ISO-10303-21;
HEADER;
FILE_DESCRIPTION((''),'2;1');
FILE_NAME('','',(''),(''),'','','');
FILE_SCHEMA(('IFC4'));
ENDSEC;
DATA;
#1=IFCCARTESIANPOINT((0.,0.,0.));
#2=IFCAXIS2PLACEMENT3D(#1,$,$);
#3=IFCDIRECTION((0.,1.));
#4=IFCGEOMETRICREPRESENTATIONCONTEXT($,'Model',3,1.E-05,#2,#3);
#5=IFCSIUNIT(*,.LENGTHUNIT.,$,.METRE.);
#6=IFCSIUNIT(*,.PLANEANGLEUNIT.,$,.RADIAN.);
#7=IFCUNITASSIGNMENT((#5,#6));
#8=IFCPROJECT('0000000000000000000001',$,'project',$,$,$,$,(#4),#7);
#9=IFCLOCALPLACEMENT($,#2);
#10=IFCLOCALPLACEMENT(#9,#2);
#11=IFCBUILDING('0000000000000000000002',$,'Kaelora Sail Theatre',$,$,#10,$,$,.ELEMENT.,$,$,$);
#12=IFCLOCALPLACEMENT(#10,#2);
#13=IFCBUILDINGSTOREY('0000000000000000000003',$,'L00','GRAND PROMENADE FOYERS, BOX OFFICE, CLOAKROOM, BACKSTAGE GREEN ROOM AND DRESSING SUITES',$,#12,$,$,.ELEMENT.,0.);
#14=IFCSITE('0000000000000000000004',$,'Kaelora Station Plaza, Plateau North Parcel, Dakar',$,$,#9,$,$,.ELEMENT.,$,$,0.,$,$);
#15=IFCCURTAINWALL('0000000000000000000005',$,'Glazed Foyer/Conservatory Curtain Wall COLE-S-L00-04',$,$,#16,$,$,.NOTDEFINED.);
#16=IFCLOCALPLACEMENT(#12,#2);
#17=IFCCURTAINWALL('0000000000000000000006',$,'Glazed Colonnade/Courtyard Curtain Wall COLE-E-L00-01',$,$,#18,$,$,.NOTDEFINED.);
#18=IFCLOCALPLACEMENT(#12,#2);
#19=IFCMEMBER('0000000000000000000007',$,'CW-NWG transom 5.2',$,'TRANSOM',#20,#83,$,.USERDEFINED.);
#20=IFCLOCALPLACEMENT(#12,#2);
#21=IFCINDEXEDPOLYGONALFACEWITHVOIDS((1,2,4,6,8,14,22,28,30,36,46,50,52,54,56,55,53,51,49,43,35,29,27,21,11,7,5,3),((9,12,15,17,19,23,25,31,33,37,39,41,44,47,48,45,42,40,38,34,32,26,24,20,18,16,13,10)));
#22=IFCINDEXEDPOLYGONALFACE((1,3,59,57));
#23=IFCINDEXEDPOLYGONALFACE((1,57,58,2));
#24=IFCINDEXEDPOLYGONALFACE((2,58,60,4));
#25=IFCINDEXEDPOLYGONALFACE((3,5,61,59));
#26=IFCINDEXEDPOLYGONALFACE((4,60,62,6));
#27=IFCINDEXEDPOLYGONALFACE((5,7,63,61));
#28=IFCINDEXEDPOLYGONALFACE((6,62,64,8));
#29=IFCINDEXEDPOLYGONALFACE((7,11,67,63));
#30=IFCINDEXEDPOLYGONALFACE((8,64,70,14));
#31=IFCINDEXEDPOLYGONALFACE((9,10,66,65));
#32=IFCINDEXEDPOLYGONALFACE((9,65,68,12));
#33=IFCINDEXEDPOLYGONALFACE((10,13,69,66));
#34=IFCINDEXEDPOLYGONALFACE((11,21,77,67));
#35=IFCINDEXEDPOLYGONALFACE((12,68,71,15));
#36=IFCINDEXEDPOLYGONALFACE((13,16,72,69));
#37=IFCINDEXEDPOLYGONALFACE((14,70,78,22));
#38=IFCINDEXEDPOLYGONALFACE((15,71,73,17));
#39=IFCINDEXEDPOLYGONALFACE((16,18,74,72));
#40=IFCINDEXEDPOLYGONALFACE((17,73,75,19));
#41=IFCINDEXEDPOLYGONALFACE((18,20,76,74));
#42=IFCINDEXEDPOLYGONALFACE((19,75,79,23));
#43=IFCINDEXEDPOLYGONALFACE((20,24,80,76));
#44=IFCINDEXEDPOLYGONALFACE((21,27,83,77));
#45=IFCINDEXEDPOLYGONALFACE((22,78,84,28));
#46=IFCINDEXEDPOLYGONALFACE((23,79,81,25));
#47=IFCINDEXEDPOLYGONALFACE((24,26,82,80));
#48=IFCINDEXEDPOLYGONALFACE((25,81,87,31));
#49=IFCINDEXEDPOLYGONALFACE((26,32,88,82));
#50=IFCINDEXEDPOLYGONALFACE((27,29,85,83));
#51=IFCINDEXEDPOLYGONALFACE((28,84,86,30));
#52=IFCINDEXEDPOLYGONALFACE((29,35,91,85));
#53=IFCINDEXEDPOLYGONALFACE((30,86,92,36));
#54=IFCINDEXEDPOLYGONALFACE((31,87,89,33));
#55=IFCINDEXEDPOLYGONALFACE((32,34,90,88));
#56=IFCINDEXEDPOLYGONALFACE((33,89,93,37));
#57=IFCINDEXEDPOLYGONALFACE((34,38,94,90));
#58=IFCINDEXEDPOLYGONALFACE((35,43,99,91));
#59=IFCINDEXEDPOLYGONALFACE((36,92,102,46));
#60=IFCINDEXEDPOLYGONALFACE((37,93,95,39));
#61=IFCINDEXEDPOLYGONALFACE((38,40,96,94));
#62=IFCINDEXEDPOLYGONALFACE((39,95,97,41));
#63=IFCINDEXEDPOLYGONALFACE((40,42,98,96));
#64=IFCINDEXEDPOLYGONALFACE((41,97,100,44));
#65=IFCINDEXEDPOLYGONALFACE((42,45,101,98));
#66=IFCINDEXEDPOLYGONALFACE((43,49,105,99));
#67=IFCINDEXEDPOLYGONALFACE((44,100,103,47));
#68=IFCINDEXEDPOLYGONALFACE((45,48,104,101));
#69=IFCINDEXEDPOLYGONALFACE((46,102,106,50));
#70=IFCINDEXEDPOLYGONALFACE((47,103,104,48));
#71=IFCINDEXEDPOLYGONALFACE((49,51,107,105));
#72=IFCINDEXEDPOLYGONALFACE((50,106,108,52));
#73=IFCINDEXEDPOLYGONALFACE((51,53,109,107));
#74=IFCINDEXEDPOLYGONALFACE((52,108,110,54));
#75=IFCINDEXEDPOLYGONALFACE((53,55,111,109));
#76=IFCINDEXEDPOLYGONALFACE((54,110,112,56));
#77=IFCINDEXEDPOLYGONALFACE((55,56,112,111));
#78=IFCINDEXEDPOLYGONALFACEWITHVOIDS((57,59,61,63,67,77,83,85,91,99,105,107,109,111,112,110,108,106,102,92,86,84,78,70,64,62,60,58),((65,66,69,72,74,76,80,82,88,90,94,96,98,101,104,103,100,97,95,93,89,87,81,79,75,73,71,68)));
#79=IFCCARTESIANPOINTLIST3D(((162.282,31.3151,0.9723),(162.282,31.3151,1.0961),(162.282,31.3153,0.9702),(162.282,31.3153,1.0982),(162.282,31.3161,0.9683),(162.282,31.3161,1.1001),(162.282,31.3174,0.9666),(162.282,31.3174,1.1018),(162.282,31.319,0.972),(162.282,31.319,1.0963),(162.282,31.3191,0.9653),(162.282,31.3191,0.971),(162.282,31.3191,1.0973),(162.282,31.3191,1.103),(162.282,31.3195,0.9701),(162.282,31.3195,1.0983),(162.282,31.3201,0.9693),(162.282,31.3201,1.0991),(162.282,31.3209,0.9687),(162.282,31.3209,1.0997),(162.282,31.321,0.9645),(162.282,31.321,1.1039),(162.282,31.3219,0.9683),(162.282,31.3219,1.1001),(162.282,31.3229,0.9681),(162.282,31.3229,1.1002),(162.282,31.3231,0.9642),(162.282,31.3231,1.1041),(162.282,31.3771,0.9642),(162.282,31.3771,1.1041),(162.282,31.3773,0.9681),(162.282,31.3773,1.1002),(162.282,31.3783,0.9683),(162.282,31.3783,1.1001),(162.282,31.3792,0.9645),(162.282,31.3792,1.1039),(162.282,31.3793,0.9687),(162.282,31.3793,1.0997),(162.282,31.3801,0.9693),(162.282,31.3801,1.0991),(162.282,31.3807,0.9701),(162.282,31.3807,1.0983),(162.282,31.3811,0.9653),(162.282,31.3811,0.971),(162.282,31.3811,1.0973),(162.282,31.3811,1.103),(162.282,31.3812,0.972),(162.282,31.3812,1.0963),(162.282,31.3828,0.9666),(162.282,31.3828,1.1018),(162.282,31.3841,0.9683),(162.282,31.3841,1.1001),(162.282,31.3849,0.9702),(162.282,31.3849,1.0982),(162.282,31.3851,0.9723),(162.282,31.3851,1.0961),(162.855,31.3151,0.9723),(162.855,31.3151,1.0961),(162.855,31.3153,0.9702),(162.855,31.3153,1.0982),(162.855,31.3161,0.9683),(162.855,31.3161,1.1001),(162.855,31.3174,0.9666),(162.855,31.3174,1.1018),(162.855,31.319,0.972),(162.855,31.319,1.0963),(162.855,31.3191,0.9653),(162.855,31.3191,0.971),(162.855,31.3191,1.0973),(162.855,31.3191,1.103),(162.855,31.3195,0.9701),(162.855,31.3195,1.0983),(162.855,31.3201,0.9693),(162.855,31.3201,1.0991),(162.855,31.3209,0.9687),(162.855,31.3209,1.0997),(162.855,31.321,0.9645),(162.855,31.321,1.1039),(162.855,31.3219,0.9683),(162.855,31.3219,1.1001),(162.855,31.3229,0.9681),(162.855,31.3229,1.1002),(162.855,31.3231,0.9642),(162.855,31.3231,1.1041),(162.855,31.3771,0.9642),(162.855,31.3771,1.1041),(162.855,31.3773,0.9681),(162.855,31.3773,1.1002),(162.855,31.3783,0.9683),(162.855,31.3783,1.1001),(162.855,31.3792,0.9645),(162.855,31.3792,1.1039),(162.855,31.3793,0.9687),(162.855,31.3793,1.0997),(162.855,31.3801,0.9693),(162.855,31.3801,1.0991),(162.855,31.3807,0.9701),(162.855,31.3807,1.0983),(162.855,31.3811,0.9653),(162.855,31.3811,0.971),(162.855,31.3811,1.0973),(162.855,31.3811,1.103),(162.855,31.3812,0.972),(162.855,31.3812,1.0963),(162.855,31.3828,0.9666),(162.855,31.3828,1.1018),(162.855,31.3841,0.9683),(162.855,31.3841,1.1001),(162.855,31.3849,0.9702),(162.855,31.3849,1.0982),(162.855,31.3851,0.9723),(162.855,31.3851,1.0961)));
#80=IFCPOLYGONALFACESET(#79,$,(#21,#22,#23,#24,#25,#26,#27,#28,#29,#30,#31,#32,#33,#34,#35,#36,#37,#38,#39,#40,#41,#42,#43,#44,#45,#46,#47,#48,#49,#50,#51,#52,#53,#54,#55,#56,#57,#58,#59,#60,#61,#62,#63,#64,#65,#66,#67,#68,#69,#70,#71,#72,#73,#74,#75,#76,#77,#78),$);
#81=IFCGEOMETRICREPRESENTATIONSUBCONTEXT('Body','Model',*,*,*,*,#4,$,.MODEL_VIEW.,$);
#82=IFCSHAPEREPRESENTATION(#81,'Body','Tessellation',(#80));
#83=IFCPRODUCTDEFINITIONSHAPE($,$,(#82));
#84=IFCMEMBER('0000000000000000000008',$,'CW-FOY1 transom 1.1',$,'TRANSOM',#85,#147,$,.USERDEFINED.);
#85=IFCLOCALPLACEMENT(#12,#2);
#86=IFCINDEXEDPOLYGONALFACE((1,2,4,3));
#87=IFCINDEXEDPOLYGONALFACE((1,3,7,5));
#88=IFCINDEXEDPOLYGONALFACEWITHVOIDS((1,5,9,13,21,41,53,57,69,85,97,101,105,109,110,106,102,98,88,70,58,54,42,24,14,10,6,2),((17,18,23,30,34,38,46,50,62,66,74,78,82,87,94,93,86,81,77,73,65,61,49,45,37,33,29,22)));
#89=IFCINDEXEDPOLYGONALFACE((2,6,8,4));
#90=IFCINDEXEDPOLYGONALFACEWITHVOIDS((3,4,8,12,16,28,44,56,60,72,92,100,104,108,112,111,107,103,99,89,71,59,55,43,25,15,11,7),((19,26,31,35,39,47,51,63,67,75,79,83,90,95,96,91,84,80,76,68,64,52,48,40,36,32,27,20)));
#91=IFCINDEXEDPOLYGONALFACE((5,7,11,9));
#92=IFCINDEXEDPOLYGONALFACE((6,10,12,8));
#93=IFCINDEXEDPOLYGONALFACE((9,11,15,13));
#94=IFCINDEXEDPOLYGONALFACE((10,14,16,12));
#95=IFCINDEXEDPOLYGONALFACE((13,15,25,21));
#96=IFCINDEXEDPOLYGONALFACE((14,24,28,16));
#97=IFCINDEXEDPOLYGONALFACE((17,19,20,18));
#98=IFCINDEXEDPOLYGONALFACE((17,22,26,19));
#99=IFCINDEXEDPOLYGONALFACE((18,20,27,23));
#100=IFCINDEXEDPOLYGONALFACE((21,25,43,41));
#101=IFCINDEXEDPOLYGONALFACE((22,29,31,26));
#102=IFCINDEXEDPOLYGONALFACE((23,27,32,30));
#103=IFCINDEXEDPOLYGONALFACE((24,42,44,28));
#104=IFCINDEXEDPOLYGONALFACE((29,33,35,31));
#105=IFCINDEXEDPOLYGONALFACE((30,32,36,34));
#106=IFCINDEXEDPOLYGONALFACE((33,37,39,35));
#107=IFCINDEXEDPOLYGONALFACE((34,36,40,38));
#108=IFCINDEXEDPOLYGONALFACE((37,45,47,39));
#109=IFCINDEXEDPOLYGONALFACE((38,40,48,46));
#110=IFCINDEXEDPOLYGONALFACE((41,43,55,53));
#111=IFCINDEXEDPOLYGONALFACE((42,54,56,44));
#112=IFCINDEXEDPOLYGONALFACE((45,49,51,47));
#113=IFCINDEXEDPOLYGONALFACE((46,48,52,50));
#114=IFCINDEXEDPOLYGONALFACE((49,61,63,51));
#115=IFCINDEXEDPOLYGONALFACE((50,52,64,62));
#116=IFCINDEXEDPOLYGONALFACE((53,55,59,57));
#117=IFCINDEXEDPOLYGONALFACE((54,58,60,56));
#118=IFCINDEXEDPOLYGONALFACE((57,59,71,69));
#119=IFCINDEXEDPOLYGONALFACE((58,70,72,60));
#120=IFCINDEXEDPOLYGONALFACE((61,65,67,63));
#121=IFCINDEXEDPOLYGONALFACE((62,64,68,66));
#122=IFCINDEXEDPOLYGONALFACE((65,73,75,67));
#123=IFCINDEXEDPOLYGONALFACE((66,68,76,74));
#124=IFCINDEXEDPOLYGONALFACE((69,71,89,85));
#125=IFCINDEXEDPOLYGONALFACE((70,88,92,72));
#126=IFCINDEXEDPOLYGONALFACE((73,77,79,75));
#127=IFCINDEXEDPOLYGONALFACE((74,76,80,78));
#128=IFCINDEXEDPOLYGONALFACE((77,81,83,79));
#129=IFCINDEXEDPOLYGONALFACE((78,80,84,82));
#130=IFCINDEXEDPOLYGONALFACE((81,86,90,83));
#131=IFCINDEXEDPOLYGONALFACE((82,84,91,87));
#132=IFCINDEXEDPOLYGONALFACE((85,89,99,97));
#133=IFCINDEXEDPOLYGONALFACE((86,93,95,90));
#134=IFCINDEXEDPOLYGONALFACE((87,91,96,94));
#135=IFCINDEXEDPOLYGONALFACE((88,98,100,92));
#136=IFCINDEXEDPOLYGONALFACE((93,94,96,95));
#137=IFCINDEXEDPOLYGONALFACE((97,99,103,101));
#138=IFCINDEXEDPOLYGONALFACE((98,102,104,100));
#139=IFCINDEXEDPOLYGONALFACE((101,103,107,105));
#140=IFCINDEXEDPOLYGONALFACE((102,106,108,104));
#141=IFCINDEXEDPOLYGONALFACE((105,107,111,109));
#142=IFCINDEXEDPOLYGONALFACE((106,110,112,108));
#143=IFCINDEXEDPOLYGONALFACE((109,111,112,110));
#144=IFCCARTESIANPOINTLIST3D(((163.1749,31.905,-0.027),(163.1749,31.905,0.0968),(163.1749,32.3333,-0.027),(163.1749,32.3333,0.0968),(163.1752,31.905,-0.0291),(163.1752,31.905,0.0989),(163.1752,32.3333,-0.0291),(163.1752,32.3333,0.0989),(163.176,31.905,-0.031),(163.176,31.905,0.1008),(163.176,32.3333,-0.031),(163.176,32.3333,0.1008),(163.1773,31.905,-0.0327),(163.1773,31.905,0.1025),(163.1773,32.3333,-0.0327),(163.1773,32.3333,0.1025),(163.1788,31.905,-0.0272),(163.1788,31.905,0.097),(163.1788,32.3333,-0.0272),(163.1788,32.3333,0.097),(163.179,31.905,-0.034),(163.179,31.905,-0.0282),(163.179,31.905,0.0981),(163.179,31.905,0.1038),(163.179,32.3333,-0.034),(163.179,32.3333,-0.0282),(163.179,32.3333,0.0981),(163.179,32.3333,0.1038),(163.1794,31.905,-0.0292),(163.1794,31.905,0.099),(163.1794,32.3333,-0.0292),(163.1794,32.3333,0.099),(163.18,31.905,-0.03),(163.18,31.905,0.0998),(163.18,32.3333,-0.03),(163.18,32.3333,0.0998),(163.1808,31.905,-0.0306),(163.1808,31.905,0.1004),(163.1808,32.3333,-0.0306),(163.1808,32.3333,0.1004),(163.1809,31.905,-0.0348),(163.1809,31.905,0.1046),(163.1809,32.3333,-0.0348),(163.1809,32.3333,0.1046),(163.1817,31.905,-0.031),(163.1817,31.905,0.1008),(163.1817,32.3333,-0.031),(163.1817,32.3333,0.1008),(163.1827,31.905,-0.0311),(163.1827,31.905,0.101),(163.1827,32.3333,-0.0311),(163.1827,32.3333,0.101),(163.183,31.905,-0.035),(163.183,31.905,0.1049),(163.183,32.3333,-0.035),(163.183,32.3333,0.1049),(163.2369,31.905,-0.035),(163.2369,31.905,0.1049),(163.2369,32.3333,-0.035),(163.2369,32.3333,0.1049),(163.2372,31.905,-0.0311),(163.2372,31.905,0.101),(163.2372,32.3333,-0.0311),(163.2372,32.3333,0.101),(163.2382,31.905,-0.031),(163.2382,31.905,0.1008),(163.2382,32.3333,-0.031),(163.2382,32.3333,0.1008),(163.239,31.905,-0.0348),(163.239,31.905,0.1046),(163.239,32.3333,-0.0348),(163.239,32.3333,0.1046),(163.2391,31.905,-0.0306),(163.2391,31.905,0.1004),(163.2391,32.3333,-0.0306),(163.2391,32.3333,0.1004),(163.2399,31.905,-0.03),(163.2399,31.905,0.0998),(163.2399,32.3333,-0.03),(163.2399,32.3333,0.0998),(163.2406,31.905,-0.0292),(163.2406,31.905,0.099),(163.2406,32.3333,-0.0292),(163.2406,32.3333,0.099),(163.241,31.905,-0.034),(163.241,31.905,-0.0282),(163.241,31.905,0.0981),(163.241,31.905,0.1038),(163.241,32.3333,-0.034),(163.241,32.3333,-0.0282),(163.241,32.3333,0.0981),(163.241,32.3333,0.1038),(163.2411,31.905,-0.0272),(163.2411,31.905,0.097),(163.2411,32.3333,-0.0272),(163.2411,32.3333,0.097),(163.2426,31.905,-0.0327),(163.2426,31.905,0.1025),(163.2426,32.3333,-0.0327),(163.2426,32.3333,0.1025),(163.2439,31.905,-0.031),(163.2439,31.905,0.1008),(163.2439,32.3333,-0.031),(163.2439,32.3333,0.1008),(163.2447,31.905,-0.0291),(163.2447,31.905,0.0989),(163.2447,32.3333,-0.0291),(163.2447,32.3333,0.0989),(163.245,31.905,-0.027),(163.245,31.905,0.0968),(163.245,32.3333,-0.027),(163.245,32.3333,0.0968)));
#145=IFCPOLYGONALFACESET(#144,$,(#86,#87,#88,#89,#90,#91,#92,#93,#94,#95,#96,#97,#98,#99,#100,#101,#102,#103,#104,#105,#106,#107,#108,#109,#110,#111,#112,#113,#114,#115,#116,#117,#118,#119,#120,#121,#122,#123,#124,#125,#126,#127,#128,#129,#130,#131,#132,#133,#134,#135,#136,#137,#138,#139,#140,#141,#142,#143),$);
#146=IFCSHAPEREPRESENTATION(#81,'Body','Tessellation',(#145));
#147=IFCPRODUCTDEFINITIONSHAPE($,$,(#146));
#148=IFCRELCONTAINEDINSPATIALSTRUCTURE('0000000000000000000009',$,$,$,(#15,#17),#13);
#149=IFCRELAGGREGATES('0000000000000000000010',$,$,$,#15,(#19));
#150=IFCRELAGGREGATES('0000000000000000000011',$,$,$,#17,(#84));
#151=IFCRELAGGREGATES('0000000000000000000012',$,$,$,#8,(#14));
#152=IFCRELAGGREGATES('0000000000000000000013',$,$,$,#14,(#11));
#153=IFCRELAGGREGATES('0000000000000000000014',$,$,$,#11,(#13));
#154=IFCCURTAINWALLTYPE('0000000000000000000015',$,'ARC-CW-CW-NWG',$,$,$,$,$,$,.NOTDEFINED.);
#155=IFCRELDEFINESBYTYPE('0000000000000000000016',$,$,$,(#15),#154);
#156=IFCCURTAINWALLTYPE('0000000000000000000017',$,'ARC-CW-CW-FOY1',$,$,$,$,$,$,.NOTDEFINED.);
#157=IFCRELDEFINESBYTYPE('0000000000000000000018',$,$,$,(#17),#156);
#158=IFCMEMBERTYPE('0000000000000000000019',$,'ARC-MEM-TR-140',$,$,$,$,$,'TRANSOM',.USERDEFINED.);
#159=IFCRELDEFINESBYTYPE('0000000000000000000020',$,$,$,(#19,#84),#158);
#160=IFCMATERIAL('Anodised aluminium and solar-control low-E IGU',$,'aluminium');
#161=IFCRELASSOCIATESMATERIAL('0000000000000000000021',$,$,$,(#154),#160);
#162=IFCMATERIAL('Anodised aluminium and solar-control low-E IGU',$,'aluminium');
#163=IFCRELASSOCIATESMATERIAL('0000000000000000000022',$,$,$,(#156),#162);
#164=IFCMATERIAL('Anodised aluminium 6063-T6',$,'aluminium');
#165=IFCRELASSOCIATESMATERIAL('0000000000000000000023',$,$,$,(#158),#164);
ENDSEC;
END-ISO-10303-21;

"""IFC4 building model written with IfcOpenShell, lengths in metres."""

from ifc_helpers import new_model, si_unit, direction, frame, origin, origin_2d, place, context, subcontext, project, spatial, hollow_rectangle, extrude, material, material_profile, profile_set, type_object, element, aggregate, save


model = new_model("IFC4")

# Units and contexts
model_context = context("Model", 3, precision=1e-05, world=origin(), true_north=direction((0.0, 1.0)))
body_context = subcontext(model_context, "Body", "Model", "MODEL_VIEW")
ifc_project = project(units=[si_unit("LENGTHUNIT", "METRE"), si_unit("PLANEANGLEUNIT", "RADIAN")], contexts=[model_context])

# Site, building, storey
site_placement = place(None, origin())
site = spatial("IfcSite", under=ifc_project, at=site_placement, Name="Kaelora Station Plaza, Plateau North Parcel, Dakar", CompositionType="ELEMENT", RefElevation=0.0)
building_placement = place(site_placement, origin())
building = spatial("IfcBuilding", under=site, at=building_placement, Name="Kaelora Sail Theatre", CompositionType="ELEMENT")
storey_placement = place(building_placement, origin())
storey = spatial("IfcBuildingStorey", under=building, at=storey_placement, Name="L00", Description="GRAND PROMENADE FOYERS, BOX OFFICE, CLOAKROOM, BACKSTAGE GREEN ROOM AND DRESSING SUITES", CompositionType="ELEMENT", Elevation=0.0)

# Curtain walls
ifc_material_1 = material(Name="Anodised aluminium and solar-control low-E IGU", Category="aluminium")
curtain_wall_type_1 = type_object("IfcCurtainWallType", Name="ARC-CW-CW-NWG", PredefinedType="NOTDEFINED", material=ifc_material_1)
curtain_wall_1_placement = place(storey_placement, origin())
curtain_wall_1 = element("IfcCurtainWall", 1, at=curtain_wall_1_placement, inside=storey, type_object=curtain_wall_type_1, Name="Glazed Foyer/Conservatory Curtain Wall COLE-S-L00-04", PredefinedType="NOTDEFINED")
ifc_material_2 = material(Name="Anodised aluminium and solar-control low-E IGU", Category="aluminium")
curtain_wall_type_2 = type_object("IfcCurtainWallType", Name="ARC-CW-CW-FOY1", PredefinedType="NOTDEFINED", material=ifc_material_2)
curtain_wall_2_placement = place(storey_placement, origin())
curtain_wall_2 = element("IfcCurtainWall", 2, at=curtain_wall_2_placement, inside=storey, type_object=curtain_wall_type_2, Name="Glazed Colonnade/Courtyard Curtain Wall COLE-E-L00-01", PredefinedType="NOTDEFINED")

# Members
ifc_material_3 = material(Name="Anodised aluminium 6063-T6", Category="aluminium")
ifc_material_profile_1 = material_profile(ifc_material_3, hollow_rectangle(XDim=0.0701, YDim=0.1399, WallThickness=0.0039, InnerFilletRadius=0.0039, OuterFilletRadius=0.0081, at=origin_2d()), Name="ALU-TRAN 70x140x4")
ifc_profile_set_1 = profile_set([ifc_material_profile_1], Name="Anodised aluminium 6063-T6")
member_type_1 = type_object("IfcMemberType", Name="ARC-MEM-TR-140", ElementType="TRANSOM", PredefinedType="USERDEFINED", material=ifc_profile_set_1)
member_1_placement = place(storey_placement, frame((162.282, 31.3501, 1.0342), z_axis=(1.0, 0.0, 0.0), x_axis=(0.0, 1.0, 0.0)))
member_1 = element("IfcMember", 3, at=member_1_placement, type_object=member_type_1, Name="CW-NWG transom 5.2", ObjectType="TRANSOM", PredefinedType="USERDEFINED", context=body_context, shape_type="SweptSolid", body=[
    extrude(hollow_rectangle(XDim=0.0701, YDim=0.1399, WallThickness=0.0039, InnerFilletRadius=0.0039, OuterFilletRadius=0.0081, at=origin_2d()), origin(), (0.0, 0.0, 1.0), 0.573),
])
member_2_placement = place(storey_placement, frame((163.21, 31.905, 0.0349), z_axis=(0.0, 1.0, 0.0), x_axis=(-1.0, 0.0, 0.0)))
member_2 = element("IfcMember", 4, at=member_2_placement, type_object=member_type_1, Name="CW-FOY1 transom 1.1", ObjectType="TRANSOM", PredefinedType="USERDEFINED", context=body_context, shape_type="SweptSolid", body=[
    extrude(hollow_rectangle(XDim=0.0701, YDim=0.1399, WallThickness=0.0039, InnerFilletRadius=0.0039, OuterFilletRadius=0.0081, at=origin_2d()), origin(), (0.0, 0.0, 1.0), 0.4282),
])

aggregate(curtain_wall_1, [member_1])
aggregate(curtain_wall_2, [member_2])

save(model, "model.ifc")
